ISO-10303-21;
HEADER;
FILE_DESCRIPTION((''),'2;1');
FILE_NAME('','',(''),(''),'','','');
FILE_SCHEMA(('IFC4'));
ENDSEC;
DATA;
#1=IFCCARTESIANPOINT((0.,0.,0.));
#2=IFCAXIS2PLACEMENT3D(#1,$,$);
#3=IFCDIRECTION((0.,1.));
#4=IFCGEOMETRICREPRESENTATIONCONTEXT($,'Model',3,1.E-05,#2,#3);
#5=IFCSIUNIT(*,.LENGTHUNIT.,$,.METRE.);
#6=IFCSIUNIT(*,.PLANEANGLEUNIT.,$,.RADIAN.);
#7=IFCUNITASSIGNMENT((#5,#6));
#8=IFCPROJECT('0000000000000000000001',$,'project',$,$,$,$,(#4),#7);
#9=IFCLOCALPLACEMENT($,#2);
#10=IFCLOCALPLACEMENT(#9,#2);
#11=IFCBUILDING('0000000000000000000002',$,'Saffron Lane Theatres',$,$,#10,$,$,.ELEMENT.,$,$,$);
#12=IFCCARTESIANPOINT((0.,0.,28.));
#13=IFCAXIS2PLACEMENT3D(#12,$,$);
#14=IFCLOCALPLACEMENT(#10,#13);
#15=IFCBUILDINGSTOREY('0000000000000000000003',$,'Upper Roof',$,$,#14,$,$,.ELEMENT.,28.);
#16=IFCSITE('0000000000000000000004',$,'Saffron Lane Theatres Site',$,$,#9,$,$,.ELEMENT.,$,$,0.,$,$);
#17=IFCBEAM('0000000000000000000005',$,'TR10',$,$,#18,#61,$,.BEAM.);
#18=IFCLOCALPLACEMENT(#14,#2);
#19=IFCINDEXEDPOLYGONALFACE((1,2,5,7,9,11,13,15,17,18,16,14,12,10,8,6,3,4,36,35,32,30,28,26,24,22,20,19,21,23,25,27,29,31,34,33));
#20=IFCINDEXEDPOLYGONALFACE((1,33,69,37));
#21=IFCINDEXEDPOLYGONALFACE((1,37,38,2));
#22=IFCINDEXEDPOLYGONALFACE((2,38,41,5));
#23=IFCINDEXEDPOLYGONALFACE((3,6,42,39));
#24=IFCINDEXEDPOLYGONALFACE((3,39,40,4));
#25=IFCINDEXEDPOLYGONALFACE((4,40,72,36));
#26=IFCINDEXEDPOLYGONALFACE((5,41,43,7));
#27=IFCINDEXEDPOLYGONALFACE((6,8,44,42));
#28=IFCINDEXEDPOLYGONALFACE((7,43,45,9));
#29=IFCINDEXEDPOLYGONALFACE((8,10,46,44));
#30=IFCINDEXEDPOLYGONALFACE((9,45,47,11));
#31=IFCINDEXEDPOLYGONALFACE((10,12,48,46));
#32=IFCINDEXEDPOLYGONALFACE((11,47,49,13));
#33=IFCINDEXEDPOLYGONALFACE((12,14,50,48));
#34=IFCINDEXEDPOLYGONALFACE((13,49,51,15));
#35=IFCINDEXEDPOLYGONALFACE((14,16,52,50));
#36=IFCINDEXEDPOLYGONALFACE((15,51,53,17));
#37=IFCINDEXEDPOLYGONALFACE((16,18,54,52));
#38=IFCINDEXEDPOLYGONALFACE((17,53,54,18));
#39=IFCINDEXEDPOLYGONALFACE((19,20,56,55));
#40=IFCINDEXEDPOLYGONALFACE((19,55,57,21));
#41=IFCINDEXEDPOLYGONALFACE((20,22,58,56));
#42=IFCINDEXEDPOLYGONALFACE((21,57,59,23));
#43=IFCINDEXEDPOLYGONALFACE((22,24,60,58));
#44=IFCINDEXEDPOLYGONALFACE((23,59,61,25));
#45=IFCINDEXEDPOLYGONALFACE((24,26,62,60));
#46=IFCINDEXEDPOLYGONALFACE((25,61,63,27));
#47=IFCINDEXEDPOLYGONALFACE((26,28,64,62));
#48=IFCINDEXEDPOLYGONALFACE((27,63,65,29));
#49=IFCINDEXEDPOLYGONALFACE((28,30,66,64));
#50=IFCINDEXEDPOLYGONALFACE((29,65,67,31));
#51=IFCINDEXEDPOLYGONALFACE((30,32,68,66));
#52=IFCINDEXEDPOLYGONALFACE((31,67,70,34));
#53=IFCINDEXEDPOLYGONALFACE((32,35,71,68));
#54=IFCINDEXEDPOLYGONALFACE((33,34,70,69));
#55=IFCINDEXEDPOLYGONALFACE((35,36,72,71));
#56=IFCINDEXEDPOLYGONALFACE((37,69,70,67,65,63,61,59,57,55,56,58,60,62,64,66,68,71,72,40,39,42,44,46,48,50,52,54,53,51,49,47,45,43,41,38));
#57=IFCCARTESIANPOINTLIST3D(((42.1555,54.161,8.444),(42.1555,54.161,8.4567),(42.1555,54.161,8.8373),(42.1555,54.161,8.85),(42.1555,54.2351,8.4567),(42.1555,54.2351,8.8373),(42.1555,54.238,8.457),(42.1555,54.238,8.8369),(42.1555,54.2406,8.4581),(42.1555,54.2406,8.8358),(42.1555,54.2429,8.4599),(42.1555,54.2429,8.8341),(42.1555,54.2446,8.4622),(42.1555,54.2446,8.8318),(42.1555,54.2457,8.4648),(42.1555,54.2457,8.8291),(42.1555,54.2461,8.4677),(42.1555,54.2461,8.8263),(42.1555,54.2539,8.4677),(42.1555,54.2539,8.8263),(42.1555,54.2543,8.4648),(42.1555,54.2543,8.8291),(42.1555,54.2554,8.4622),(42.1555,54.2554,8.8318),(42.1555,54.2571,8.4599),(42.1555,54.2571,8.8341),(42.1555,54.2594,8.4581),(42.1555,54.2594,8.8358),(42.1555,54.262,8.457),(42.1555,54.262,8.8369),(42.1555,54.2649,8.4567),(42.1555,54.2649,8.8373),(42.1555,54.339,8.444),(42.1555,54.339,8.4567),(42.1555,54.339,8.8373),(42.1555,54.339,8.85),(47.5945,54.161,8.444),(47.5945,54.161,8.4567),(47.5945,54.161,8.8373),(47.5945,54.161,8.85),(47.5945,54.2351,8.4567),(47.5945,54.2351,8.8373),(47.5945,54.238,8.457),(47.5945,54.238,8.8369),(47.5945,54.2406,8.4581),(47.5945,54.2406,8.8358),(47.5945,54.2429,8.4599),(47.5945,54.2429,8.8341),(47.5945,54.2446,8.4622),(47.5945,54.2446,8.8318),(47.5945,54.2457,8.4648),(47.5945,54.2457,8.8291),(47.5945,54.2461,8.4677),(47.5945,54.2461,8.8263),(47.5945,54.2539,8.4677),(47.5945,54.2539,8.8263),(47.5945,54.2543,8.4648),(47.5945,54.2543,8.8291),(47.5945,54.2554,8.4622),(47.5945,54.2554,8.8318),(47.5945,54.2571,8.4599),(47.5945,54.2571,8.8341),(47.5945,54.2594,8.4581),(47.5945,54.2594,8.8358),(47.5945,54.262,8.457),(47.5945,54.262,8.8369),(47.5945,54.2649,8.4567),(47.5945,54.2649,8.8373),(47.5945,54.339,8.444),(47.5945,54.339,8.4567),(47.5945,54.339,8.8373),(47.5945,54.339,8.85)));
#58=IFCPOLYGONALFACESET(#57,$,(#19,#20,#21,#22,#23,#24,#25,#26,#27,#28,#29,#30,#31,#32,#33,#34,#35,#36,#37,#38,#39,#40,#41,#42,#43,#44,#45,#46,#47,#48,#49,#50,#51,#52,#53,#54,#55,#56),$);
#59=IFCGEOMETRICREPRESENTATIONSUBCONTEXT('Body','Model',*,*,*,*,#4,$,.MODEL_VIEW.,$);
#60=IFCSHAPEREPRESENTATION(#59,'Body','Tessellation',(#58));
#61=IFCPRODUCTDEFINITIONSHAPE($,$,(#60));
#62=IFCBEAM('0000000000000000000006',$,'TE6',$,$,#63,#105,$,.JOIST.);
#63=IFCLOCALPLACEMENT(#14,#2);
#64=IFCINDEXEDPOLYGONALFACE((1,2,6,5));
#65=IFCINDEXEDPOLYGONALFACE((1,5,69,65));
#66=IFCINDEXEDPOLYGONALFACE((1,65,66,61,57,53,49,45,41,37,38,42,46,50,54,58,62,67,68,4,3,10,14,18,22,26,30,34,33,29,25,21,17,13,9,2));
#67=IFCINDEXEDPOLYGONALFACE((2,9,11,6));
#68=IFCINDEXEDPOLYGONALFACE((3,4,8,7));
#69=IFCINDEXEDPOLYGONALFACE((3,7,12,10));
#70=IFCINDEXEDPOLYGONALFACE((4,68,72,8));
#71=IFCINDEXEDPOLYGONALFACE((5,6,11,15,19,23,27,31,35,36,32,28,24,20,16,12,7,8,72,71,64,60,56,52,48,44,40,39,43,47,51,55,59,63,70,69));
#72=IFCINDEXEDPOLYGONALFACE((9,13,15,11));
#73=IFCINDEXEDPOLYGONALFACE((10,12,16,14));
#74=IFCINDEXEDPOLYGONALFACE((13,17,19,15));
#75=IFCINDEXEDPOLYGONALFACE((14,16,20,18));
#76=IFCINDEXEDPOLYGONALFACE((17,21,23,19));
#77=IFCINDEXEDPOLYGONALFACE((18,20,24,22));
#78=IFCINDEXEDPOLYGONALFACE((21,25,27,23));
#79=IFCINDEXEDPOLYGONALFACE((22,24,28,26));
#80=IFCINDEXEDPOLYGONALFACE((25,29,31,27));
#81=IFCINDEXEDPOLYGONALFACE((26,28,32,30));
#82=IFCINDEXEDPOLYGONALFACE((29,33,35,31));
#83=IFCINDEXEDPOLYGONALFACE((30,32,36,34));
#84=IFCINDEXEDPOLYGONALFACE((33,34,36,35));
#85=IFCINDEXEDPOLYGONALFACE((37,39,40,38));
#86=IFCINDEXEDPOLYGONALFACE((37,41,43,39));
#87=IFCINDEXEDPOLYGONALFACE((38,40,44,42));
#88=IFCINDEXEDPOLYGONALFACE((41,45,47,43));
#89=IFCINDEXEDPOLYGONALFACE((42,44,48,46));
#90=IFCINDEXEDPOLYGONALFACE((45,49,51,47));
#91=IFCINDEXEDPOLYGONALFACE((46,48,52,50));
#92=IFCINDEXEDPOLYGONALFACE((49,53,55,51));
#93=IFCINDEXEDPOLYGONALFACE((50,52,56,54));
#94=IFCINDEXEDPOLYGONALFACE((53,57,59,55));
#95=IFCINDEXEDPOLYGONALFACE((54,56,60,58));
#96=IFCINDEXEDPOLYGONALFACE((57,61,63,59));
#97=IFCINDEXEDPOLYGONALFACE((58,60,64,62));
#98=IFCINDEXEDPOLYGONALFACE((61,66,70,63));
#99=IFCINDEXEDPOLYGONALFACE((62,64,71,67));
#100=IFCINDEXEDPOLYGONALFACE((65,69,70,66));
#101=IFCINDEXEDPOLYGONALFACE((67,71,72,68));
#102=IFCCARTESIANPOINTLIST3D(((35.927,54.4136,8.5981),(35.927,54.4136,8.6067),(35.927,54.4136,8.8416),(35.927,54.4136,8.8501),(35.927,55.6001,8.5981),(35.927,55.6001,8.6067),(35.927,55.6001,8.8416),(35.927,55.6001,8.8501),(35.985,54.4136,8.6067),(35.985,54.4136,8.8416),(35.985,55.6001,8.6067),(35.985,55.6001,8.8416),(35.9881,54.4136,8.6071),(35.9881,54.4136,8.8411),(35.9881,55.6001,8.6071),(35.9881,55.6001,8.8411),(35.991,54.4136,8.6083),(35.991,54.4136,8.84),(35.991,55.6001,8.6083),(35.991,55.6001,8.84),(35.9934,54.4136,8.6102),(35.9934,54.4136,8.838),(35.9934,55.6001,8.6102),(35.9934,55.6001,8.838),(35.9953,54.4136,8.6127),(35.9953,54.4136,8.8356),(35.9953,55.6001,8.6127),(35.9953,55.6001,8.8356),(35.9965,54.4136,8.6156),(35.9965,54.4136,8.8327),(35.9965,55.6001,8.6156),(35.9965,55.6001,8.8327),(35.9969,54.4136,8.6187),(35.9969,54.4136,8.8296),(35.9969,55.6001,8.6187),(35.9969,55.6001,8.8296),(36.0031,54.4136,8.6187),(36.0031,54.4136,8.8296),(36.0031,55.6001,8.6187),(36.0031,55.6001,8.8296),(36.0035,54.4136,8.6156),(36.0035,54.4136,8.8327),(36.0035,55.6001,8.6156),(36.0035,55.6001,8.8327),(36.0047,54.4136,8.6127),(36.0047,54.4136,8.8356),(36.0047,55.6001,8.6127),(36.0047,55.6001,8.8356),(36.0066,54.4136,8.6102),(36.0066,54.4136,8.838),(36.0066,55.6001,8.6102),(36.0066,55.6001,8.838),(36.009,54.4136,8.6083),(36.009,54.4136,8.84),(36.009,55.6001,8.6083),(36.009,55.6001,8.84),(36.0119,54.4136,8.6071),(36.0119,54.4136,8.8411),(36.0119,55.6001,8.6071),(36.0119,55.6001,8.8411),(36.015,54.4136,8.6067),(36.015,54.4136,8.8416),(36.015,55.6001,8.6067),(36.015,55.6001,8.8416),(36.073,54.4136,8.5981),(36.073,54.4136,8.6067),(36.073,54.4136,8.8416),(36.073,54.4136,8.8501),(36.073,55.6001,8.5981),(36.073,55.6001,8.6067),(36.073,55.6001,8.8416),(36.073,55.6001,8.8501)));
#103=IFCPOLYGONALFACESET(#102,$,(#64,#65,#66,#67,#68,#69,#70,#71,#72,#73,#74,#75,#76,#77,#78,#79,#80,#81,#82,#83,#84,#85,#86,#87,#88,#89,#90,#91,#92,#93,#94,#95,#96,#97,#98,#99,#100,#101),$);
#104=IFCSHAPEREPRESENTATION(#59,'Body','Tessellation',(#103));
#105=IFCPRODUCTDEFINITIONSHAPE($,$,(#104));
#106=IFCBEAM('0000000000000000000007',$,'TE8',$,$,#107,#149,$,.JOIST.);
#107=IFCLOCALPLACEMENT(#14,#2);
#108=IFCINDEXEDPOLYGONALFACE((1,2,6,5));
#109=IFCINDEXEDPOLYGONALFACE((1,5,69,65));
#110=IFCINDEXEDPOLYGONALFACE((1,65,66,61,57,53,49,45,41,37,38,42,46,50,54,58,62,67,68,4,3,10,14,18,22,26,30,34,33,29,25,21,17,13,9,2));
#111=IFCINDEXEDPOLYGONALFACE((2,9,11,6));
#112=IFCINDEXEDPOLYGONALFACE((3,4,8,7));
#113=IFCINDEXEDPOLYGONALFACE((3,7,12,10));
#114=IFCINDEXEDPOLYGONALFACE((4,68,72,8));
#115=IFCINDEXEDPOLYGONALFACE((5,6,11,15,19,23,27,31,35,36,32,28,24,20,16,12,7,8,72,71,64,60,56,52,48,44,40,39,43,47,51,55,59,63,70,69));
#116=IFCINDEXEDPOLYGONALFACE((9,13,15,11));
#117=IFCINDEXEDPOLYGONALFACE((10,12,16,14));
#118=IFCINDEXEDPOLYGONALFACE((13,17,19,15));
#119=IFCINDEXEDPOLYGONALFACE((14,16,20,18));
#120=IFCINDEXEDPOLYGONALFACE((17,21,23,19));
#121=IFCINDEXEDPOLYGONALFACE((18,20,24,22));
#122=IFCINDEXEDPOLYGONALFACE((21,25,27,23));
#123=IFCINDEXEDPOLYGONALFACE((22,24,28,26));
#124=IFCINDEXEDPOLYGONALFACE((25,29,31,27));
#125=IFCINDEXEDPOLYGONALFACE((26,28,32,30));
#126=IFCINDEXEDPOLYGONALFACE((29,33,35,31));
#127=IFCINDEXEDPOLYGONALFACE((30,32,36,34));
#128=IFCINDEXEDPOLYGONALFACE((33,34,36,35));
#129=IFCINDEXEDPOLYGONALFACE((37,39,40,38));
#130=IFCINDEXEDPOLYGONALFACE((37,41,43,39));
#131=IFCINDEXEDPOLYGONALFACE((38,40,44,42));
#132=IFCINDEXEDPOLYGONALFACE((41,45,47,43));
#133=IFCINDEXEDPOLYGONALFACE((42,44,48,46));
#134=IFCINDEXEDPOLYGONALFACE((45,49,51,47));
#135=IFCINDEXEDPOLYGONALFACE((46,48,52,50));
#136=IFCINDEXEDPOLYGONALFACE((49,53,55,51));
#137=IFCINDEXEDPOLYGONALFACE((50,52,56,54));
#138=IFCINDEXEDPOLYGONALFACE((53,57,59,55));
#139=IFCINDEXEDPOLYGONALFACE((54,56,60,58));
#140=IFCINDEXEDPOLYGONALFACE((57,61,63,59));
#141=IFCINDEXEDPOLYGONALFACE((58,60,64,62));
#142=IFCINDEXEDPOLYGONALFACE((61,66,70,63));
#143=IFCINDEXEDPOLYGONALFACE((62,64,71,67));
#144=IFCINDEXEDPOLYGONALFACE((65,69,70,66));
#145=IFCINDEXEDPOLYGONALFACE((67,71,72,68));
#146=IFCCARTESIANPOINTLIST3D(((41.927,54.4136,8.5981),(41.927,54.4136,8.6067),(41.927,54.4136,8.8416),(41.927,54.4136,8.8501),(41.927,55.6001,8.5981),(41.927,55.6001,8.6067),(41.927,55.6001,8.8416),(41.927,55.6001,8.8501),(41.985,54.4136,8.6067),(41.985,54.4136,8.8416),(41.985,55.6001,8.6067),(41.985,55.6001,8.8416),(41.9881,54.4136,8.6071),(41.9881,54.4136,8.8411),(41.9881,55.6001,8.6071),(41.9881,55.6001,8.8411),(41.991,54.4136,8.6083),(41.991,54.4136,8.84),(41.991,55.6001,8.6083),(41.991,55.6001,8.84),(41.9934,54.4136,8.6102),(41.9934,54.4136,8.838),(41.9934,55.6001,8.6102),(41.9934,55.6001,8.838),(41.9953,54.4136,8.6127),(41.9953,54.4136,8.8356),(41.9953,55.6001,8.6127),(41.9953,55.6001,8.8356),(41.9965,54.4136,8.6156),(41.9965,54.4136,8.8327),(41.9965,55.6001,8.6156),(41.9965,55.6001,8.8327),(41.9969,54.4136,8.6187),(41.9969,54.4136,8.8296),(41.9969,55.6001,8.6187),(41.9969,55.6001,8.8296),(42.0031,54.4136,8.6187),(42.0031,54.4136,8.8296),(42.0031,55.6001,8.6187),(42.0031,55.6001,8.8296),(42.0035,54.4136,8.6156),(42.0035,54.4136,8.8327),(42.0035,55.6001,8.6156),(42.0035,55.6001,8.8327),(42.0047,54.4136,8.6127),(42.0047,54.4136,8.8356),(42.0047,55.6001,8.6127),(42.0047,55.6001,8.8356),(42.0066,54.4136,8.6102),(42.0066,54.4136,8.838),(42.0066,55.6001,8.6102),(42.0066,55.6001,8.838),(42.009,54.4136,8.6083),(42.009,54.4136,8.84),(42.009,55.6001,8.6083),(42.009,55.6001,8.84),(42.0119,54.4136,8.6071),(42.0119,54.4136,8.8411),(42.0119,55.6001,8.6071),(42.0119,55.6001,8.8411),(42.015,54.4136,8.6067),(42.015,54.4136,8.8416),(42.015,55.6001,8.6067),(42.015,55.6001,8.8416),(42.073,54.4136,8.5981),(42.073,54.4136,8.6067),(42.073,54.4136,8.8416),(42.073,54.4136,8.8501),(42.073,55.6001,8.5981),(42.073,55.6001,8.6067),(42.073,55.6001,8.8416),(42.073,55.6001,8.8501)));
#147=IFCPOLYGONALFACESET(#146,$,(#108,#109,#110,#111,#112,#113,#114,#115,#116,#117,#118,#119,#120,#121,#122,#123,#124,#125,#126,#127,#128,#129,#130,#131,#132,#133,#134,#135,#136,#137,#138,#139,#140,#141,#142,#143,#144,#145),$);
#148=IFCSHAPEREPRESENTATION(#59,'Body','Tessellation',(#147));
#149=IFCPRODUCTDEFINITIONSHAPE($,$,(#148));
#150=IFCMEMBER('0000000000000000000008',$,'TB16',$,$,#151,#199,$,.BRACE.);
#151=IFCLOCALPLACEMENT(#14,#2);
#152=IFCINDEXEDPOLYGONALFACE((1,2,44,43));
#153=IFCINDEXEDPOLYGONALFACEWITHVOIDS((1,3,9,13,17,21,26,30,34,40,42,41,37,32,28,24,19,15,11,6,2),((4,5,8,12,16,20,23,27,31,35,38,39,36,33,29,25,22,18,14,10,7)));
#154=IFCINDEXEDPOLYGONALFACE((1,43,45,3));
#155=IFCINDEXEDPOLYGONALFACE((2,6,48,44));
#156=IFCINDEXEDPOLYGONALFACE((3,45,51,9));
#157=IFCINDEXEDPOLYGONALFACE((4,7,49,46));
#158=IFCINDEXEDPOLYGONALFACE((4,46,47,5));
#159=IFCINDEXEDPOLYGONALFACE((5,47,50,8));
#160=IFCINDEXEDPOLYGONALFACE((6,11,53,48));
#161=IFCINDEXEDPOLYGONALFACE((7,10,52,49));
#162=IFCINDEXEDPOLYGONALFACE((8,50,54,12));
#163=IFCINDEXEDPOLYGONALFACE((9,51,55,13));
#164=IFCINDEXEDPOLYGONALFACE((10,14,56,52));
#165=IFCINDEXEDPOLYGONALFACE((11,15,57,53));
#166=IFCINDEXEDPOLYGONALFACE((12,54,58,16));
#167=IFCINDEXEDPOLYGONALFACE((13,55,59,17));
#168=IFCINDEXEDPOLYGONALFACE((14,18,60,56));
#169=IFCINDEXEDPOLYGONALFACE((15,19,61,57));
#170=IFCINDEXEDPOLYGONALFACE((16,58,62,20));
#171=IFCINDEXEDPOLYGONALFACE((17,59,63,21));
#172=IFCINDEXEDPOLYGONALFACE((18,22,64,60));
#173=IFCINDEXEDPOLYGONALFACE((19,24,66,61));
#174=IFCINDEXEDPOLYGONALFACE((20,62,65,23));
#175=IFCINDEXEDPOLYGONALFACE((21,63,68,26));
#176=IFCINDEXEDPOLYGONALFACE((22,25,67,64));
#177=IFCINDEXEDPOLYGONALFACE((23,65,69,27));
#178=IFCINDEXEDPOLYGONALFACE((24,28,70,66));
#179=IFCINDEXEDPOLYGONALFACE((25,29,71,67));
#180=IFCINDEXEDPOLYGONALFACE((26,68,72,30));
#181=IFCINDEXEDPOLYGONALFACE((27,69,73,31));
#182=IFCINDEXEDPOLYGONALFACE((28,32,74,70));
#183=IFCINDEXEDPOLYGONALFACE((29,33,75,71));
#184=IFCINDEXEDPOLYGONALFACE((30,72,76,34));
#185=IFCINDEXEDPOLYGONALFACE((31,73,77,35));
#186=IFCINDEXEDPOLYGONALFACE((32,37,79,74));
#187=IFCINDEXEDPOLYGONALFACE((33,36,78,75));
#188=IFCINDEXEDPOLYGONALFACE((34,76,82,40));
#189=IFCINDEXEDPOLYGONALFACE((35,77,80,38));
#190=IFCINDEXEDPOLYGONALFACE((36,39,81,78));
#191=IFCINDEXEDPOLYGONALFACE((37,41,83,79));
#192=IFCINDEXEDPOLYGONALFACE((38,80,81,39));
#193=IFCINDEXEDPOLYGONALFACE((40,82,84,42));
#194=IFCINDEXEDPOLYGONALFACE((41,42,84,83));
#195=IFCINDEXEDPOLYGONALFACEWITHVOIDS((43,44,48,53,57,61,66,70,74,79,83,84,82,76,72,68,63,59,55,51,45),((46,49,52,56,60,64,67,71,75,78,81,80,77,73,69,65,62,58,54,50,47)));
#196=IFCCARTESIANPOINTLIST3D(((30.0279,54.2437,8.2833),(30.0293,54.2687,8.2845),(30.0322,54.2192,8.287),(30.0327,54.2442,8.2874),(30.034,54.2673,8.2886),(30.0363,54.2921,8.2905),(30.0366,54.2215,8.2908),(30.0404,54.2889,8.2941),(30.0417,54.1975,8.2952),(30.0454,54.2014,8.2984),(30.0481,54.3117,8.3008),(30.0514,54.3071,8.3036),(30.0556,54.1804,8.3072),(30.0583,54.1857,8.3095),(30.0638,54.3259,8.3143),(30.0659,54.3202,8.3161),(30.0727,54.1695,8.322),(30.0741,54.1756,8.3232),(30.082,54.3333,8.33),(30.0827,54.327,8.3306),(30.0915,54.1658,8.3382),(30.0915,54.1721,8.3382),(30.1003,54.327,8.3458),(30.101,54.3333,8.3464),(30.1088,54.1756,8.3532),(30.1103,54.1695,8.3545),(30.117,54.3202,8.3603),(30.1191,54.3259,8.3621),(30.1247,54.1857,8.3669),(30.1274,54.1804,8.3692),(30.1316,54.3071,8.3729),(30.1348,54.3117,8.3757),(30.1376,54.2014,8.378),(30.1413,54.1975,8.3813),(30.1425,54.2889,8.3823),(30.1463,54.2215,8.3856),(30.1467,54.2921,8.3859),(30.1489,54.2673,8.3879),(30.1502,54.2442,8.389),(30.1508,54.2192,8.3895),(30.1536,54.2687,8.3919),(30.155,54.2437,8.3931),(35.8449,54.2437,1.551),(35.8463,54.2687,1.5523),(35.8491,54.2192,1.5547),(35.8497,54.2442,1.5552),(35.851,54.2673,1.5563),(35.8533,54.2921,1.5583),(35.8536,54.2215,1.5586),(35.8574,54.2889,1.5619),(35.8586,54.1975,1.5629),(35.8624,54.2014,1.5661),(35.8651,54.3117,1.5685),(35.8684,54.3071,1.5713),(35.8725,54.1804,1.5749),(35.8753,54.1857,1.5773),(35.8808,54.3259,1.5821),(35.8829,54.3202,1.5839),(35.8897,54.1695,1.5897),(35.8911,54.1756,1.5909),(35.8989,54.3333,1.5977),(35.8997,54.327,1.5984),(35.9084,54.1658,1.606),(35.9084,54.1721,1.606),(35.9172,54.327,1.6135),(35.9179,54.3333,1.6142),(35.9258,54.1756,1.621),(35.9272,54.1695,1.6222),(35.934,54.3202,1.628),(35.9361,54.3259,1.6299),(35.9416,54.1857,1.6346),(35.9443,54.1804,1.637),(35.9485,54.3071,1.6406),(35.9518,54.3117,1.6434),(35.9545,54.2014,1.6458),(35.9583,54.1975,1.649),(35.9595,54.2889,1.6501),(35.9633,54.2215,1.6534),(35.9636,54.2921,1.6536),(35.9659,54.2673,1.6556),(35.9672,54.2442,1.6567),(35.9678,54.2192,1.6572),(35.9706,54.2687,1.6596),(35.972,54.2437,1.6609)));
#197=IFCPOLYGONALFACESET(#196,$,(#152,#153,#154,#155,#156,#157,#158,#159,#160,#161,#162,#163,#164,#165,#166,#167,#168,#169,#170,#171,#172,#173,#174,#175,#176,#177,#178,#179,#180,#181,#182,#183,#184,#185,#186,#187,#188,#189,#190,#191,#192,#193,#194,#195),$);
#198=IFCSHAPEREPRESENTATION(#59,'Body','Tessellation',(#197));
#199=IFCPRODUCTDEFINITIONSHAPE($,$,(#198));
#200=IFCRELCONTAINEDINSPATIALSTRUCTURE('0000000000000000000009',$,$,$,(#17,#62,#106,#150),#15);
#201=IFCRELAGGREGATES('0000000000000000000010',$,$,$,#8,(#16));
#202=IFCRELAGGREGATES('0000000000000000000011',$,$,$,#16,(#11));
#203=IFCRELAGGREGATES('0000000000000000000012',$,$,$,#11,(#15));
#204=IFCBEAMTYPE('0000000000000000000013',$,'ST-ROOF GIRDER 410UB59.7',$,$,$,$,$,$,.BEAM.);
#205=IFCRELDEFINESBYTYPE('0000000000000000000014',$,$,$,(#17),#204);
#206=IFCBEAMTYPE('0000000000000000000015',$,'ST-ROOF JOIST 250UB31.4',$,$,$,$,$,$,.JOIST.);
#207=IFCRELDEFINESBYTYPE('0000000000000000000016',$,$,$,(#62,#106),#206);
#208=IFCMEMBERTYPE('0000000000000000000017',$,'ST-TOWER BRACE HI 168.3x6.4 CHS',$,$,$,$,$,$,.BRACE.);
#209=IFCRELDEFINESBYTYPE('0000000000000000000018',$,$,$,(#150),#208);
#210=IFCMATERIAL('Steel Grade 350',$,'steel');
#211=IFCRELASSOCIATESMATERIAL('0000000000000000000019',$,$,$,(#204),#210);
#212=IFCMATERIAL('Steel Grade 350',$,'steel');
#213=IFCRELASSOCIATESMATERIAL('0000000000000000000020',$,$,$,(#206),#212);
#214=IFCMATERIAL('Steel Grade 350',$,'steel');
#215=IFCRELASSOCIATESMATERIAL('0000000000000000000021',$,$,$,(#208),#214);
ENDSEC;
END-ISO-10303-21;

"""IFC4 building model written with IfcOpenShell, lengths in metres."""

from ifc_helpers import new_model, si_unit, direction, frame, origin, origin_2d, place, context, subcontext, project, spatial, hollow_circle, i_section, extrude, material, material_profile, profile_set, type_object, element, save


model = new_model("IFC4")

# Units and contexts
model_context = context("Model", 3, precision=1e-05, world=origin(), true_north=direction((0.0, 1.0)))
body_context = subcontext(model_context, "Body", "Model", "MODEL_VIEW")
ifc_project = project(units=[si_unit("LENGTHUNIT", "METRE"), si_unit("PLANEANGLEUNIT", "RADIAN")], contexts=[model_context])

# Site, building, storey
site_placement = place(None, origin())
site = spatial("IfcSite", under=ifc_project, at=site_placement, Name="Saffron Lane Theatres Site", CompositionType="ELEMENT", RefElevation=0.0)
building_placement = place(site_placement, origin())
building = spatial("IfcBuilding", under=site, at=building_placement, Name="Saffron Lane Theatres", CompositionType="ELEMENT")
storey_placement = place(building_placement, frame((0.0, 0.0, 28.0)))
storey = spatial("IfcBuildingStorey", under=building, at=storey_placement, Name="Upper Roof", CompositionType="ELEMENT", Elevation=28.0)

# Beams
ifc_material_1 = material(Name="Steel Grade 350", Category="steel")
ifc_material_profile_1 = material_profile(ifc_material_1, i_section(OverallWidth=0.178, OverallDepth=0.406, WebThickness=0.0078, FlangeThickness=0.0127, FilletRadius=0.011, at=origin_2d()))
ifc_profile_set_1 = profile_set([ifc_material_profile_1], Name="Steel Grade 350")
beam_type_1 = type_object("IfcBeamType", Name="ST-ROOF GIRDER 410UB59.7", PredefinedType="BEAM", material=ifc_profile_set_1)
beam_1_placement = place(storey_placement, frame((42.1555, 54.25, 8.647), z_axis=(1.0, 0.0, 0.0), x_axis=(0.0, 1.0, 0.0)))
element("IfcBeam", 1, at=beam_1_placement, inside=storey, type_object=beam_type_1, Name="TR10", PredefinedType="BEAM", context=body_context, shape_type="SweptSolid", body=[
    extrude(i_section(OverallWidth=0.178, OverallDepth=0.406, WebThickness=0.0078, FlangeThickness=0.0127, FilletRadius=0.011, at=origin_2d()), origin(), (0.0, 0.0, 1.0), 5.439),
])
ifc_material_2 = material(Name="Steel Grade 350", Category="steel")
ifc_material_profile_2 = material_profile(ifc_material_2, i_section(OverallWidth=0.146, OverallDepth=0.252, WebThickness=0.0061, FlangeThickness=0.0085, FilletRadius=0.012, at=origin_2d()))
ifc_profile_set_2 = profile_set([ifc_material_profile_2], Name="Steel Grade 350")
beam_type_2 = type_object("IfcBeamType", Name="ST-ROOF JOIST 250UB31.4", PredefinedType="JOIST", material=ifc_profile_set_2)
for number, where, z_axis, x_axis, name in (
    (2, (36.0, 54.4136, 8.7241), (0.0, 1.0, 0.0), (-1.0, 0.0, 0.0), "TE6"),
    (3, (42.0, 54.4136, 8.7241), (0.0, 1.0, 0.0), (-1.0, 0.0, 0.0), "TE8"),
):
    element("IfcBeam", number, at=place(storey_placement, frame(where, z_axis=z_axis, x_axis=x_axis)), inside=storey, type_object=beam_type_2, Name=name, PredefinedType="JOIST", context=body_context, shape_type="SweptSolid", body=[
        extrude(i_section(OverallWidth=0.146, OverallDepth=0.252, WebThickness=0.0061, FlangeThickness=0.0085, FilletRadius=0.012, at=origin_2d()), origin(), (0.0, 0.0, 1.0), 1.1865),
    ])

# Member
ifc_material_3 = material(Name="Steel Grade 350", Category="steel")
ifc_material_profile_3 = material_profile(ifc_material_3, hollow_circle(Radius=0.0842, WallThickness=0.0063, at=origin_2d()))
ifc_profile_set_3 = profile_set([ifc_material_profile_3], Name="Steel Grade 350")
member_type_1 = type_object("IfcMemberType", Name="ST-TOWER BRACE HI 168.3x6.4 CHS", PredefinedType="BRACE", material=ifc_profile_set_3)
for number, where, z_axis, x_axis, name in (
    (4, (35.9084, 54.25, 1.606), (-0.653796, 0.0, 0.756671), (0.0, -1.0, 0.0), "TB16"),
):
    element("IfcMember", number, at=place(storey_placement, frame(where, z_axis=z_axis, x_axis=x_axis)), inside=storey, type_object=member_type_1, Name=name, PredefinedType="BRACE", context=body_context, shape_type="SweptSolid", body=[
        extrude(hollow_circle(Radius=0.0842, WallThickness=0.0063, at=origin_2d()), origin(), (0.0, 0.0, 1.0), 8.8972),
    ])

save(model, "model.ifc")
